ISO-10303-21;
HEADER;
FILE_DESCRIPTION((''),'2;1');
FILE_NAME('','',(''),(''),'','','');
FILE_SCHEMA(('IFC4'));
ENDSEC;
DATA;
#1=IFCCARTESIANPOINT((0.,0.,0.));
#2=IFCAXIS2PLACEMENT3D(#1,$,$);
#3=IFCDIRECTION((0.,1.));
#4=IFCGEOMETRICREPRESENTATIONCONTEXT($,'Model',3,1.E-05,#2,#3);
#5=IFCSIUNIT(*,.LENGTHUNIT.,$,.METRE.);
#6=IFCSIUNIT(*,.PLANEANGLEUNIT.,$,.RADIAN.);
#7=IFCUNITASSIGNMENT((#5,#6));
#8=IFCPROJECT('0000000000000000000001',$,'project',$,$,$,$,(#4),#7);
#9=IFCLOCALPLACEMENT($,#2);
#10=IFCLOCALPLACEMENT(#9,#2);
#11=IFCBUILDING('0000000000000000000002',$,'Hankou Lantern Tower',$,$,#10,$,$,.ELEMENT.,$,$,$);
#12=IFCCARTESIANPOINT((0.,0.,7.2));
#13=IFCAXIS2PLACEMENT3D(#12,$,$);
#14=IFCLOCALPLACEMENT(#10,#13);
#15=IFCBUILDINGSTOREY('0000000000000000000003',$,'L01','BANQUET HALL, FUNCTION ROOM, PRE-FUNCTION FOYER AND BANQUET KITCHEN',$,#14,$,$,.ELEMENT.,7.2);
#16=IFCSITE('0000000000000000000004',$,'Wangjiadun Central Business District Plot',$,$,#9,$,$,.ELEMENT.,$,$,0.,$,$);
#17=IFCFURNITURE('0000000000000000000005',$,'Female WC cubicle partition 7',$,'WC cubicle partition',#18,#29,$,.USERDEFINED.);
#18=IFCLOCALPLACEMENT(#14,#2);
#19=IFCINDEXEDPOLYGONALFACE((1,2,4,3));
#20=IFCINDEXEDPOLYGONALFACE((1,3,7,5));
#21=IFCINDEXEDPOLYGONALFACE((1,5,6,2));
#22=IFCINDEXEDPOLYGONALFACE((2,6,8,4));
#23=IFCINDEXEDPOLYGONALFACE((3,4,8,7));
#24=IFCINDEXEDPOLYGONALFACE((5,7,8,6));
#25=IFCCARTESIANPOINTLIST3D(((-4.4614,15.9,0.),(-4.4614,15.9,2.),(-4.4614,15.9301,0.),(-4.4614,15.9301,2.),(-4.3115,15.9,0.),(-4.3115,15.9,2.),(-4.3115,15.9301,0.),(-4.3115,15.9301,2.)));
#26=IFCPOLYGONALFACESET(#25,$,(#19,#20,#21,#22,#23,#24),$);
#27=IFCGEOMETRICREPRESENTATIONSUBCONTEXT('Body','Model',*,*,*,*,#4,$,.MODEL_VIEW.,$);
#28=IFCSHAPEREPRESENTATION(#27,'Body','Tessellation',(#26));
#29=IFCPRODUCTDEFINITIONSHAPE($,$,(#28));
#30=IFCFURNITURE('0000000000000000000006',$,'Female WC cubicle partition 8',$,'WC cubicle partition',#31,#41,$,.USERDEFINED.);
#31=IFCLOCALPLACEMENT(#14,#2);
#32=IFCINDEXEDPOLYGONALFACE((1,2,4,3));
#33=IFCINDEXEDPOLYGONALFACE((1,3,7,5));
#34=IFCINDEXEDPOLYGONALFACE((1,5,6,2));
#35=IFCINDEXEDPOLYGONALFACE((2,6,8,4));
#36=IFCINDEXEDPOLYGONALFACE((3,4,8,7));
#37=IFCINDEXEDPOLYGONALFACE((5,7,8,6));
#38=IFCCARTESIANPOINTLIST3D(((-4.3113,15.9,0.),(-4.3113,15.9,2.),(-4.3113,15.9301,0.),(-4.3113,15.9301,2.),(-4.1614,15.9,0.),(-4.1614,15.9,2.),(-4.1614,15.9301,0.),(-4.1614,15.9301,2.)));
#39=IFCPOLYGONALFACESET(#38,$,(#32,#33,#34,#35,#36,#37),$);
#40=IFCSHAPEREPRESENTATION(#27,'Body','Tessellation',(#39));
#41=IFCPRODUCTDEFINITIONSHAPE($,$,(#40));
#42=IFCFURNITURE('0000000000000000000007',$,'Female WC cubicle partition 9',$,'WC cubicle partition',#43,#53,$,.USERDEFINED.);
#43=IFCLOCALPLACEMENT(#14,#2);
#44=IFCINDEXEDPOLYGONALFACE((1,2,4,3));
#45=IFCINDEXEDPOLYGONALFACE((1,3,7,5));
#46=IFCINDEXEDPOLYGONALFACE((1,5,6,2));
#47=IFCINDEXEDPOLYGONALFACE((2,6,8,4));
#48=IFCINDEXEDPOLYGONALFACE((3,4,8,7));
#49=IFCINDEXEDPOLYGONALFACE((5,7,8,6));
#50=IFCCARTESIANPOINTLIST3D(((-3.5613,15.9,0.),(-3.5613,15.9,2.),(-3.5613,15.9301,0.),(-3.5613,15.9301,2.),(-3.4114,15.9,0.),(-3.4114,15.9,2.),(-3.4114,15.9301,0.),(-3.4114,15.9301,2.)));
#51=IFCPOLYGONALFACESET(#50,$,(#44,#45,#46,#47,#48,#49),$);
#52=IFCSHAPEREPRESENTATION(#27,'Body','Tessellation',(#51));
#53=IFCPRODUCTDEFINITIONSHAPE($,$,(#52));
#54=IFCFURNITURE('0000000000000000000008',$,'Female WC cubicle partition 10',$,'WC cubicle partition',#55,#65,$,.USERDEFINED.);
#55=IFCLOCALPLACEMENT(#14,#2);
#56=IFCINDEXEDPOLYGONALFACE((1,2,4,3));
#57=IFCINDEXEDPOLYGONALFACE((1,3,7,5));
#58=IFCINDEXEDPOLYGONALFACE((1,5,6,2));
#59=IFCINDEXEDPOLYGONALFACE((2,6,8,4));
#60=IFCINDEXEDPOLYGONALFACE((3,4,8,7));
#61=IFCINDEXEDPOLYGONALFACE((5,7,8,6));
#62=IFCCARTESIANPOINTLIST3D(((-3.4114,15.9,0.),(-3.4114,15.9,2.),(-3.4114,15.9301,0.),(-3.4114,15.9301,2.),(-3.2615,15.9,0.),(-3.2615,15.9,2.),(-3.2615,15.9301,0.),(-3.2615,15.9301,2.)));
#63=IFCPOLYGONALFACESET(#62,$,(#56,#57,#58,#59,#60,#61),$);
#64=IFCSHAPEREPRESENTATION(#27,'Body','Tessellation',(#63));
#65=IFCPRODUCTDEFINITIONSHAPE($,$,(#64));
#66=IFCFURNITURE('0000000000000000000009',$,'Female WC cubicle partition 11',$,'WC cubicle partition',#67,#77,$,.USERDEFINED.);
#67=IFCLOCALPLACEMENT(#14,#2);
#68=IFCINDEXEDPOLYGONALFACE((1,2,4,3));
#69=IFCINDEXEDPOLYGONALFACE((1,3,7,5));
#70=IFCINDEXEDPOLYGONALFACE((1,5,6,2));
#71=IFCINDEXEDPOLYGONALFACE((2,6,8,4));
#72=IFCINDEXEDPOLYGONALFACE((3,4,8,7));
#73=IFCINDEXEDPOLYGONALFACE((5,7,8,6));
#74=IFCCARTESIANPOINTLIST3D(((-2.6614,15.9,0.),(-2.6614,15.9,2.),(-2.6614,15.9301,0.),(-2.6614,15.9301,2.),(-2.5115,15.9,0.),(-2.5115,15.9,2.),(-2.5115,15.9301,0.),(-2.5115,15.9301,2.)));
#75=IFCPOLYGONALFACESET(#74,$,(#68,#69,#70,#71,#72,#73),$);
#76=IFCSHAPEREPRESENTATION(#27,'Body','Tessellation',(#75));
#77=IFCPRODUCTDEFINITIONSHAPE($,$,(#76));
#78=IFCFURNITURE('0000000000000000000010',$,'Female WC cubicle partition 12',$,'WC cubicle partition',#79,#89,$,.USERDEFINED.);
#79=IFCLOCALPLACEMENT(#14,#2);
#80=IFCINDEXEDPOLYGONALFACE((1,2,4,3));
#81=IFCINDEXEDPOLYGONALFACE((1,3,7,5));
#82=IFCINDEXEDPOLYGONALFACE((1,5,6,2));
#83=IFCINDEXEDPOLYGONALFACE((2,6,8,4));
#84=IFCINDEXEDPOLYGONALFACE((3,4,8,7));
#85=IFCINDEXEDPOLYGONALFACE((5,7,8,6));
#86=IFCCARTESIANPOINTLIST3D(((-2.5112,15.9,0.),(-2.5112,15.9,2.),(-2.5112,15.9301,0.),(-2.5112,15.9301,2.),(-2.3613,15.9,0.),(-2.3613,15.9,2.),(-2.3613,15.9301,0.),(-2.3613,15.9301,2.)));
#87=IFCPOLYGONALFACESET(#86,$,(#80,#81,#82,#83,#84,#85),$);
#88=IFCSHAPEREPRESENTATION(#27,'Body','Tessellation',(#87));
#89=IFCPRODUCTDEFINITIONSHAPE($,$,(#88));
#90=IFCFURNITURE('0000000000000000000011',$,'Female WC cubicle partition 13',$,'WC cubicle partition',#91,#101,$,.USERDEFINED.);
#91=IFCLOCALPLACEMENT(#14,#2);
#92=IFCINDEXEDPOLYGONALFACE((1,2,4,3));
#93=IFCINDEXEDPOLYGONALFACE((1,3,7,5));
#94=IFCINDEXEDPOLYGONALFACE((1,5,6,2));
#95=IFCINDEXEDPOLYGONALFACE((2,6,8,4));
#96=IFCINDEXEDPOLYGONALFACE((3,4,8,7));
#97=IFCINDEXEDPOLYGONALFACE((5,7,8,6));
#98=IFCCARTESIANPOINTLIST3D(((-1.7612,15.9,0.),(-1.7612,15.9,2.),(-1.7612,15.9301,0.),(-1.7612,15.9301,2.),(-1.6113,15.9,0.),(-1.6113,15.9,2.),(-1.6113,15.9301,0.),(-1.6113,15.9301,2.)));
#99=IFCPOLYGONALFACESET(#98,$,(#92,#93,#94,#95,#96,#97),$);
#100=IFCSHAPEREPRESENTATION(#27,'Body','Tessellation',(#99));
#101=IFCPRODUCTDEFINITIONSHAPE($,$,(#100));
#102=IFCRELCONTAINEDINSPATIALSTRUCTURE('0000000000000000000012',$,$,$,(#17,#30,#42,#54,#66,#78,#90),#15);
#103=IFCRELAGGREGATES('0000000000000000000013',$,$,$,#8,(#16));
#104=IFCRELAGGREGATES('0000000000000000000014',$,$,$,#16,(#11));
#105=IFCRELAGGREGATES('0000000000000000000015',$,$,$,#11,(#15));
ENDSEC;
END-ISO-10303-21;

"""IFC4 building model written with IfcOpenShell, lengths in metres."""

from ifc_helpers import new_model, si_unit, direction, frame, origin, origin_2d, place, context, subcontext, project, spatial, rectangle, extrude, element, save


model = new_model("IFC4")

# Units and contexts
model_context = context("Model", 3, precision=1e-05, world=origin(), true_north=direction((0.0, 1.0)))
body_context = subcontext(model_context, "Body", "Model", "MODEL_VIEW")
ifc_project = project(units=[si_unit("LENGTHUNIT", "METRE"), si_unit("PLANEANGLEUNIT", "RADIAN")], contexts=[model_context])

# Site, building, storey
site_placement = place(None, origin())
site = spatial("IfcSite", under=ifc_project, at=site_placement, Name="Wangjiadun Central Business District Plot", CompositionType="ELEMENT", RefElevation=0.0)
building_placement = place(site_placement, origin())
building = spatial("IfcBuilding", under=site, at=building_placement, Name="Hankou Lantern Tower", CompositionType="ELEMENT")
storey_placement = place(building_placement, frame((0.0, 0.0, 7.2)))
storey = spatial("IfcBuildingStorey", under=building, at=storey_placement, Name="L01", Description="BANQUET HALL, FUNCTION ROOM, PRE-FUNCTION FOYER AND BANQUET KITCHEN", CompositionType="ELEMENT", Elevation=7.2)

# Furniture
for number, where, z_axis, x_axis, name in (
    (1, (-4.3865, 15.915, 0.0), (0.0, 0.0, 1.0), (1.0, 0.0, 0.0), "Female WC cubicle partition 7"),
    (2, (-4.2363, 15.915, 0.0), (0.0, 0.0, 1.0), (1.0, 0.0, 0.0), "Female WC cubicle partition 8"),
    (3, (-3.4863, 15.915, 0.0), (0.0, 0.0, 1.0), (1.0, 0.0, 0.0), "Female WC cubicle partition 9"),
    (4, (-3.3364, 15.915, 0.0), (0.0, 0.0, 1.0), (1.0, 0.0, 0.0), "Female WC cubicle partition 10"),
    (5, (-2.5864, 15.915, 0.0), (0.0, 0.0, 1.0), (1.0, 0.0, 0.0), "Female WC cubicle partition 11"),
    (6, (-2.4363, 15.915, 0.0), (0.0, 0.0, 1.0), (1.0, 0.0, 0.0), "Female WC cubicle partition 12"),
    (7, (-1.6863, 15.915, 0.0), (0.0, 0.0, 1.0), (1.0, 0.0, 0.0), "Female WC cubicle partition 13"),
):
    element("IfcFurniture", number, at=place(storey_placement, frame(where, z_axis=z_axis, x_axis=x_axis)), inside=storey, Name=name, ObjectType="WC cubicle partition", PredefinedType="USERDEFINED", context=body_context, shape_type="SweptSolid", body=[
        extrude(rectangle(XDim=0.1499, YDim=0.03, at=origin_2d()), origin(), (0.0, 0.0, 1.0), 2.0),
    ])

save(model, "model.ifc")
